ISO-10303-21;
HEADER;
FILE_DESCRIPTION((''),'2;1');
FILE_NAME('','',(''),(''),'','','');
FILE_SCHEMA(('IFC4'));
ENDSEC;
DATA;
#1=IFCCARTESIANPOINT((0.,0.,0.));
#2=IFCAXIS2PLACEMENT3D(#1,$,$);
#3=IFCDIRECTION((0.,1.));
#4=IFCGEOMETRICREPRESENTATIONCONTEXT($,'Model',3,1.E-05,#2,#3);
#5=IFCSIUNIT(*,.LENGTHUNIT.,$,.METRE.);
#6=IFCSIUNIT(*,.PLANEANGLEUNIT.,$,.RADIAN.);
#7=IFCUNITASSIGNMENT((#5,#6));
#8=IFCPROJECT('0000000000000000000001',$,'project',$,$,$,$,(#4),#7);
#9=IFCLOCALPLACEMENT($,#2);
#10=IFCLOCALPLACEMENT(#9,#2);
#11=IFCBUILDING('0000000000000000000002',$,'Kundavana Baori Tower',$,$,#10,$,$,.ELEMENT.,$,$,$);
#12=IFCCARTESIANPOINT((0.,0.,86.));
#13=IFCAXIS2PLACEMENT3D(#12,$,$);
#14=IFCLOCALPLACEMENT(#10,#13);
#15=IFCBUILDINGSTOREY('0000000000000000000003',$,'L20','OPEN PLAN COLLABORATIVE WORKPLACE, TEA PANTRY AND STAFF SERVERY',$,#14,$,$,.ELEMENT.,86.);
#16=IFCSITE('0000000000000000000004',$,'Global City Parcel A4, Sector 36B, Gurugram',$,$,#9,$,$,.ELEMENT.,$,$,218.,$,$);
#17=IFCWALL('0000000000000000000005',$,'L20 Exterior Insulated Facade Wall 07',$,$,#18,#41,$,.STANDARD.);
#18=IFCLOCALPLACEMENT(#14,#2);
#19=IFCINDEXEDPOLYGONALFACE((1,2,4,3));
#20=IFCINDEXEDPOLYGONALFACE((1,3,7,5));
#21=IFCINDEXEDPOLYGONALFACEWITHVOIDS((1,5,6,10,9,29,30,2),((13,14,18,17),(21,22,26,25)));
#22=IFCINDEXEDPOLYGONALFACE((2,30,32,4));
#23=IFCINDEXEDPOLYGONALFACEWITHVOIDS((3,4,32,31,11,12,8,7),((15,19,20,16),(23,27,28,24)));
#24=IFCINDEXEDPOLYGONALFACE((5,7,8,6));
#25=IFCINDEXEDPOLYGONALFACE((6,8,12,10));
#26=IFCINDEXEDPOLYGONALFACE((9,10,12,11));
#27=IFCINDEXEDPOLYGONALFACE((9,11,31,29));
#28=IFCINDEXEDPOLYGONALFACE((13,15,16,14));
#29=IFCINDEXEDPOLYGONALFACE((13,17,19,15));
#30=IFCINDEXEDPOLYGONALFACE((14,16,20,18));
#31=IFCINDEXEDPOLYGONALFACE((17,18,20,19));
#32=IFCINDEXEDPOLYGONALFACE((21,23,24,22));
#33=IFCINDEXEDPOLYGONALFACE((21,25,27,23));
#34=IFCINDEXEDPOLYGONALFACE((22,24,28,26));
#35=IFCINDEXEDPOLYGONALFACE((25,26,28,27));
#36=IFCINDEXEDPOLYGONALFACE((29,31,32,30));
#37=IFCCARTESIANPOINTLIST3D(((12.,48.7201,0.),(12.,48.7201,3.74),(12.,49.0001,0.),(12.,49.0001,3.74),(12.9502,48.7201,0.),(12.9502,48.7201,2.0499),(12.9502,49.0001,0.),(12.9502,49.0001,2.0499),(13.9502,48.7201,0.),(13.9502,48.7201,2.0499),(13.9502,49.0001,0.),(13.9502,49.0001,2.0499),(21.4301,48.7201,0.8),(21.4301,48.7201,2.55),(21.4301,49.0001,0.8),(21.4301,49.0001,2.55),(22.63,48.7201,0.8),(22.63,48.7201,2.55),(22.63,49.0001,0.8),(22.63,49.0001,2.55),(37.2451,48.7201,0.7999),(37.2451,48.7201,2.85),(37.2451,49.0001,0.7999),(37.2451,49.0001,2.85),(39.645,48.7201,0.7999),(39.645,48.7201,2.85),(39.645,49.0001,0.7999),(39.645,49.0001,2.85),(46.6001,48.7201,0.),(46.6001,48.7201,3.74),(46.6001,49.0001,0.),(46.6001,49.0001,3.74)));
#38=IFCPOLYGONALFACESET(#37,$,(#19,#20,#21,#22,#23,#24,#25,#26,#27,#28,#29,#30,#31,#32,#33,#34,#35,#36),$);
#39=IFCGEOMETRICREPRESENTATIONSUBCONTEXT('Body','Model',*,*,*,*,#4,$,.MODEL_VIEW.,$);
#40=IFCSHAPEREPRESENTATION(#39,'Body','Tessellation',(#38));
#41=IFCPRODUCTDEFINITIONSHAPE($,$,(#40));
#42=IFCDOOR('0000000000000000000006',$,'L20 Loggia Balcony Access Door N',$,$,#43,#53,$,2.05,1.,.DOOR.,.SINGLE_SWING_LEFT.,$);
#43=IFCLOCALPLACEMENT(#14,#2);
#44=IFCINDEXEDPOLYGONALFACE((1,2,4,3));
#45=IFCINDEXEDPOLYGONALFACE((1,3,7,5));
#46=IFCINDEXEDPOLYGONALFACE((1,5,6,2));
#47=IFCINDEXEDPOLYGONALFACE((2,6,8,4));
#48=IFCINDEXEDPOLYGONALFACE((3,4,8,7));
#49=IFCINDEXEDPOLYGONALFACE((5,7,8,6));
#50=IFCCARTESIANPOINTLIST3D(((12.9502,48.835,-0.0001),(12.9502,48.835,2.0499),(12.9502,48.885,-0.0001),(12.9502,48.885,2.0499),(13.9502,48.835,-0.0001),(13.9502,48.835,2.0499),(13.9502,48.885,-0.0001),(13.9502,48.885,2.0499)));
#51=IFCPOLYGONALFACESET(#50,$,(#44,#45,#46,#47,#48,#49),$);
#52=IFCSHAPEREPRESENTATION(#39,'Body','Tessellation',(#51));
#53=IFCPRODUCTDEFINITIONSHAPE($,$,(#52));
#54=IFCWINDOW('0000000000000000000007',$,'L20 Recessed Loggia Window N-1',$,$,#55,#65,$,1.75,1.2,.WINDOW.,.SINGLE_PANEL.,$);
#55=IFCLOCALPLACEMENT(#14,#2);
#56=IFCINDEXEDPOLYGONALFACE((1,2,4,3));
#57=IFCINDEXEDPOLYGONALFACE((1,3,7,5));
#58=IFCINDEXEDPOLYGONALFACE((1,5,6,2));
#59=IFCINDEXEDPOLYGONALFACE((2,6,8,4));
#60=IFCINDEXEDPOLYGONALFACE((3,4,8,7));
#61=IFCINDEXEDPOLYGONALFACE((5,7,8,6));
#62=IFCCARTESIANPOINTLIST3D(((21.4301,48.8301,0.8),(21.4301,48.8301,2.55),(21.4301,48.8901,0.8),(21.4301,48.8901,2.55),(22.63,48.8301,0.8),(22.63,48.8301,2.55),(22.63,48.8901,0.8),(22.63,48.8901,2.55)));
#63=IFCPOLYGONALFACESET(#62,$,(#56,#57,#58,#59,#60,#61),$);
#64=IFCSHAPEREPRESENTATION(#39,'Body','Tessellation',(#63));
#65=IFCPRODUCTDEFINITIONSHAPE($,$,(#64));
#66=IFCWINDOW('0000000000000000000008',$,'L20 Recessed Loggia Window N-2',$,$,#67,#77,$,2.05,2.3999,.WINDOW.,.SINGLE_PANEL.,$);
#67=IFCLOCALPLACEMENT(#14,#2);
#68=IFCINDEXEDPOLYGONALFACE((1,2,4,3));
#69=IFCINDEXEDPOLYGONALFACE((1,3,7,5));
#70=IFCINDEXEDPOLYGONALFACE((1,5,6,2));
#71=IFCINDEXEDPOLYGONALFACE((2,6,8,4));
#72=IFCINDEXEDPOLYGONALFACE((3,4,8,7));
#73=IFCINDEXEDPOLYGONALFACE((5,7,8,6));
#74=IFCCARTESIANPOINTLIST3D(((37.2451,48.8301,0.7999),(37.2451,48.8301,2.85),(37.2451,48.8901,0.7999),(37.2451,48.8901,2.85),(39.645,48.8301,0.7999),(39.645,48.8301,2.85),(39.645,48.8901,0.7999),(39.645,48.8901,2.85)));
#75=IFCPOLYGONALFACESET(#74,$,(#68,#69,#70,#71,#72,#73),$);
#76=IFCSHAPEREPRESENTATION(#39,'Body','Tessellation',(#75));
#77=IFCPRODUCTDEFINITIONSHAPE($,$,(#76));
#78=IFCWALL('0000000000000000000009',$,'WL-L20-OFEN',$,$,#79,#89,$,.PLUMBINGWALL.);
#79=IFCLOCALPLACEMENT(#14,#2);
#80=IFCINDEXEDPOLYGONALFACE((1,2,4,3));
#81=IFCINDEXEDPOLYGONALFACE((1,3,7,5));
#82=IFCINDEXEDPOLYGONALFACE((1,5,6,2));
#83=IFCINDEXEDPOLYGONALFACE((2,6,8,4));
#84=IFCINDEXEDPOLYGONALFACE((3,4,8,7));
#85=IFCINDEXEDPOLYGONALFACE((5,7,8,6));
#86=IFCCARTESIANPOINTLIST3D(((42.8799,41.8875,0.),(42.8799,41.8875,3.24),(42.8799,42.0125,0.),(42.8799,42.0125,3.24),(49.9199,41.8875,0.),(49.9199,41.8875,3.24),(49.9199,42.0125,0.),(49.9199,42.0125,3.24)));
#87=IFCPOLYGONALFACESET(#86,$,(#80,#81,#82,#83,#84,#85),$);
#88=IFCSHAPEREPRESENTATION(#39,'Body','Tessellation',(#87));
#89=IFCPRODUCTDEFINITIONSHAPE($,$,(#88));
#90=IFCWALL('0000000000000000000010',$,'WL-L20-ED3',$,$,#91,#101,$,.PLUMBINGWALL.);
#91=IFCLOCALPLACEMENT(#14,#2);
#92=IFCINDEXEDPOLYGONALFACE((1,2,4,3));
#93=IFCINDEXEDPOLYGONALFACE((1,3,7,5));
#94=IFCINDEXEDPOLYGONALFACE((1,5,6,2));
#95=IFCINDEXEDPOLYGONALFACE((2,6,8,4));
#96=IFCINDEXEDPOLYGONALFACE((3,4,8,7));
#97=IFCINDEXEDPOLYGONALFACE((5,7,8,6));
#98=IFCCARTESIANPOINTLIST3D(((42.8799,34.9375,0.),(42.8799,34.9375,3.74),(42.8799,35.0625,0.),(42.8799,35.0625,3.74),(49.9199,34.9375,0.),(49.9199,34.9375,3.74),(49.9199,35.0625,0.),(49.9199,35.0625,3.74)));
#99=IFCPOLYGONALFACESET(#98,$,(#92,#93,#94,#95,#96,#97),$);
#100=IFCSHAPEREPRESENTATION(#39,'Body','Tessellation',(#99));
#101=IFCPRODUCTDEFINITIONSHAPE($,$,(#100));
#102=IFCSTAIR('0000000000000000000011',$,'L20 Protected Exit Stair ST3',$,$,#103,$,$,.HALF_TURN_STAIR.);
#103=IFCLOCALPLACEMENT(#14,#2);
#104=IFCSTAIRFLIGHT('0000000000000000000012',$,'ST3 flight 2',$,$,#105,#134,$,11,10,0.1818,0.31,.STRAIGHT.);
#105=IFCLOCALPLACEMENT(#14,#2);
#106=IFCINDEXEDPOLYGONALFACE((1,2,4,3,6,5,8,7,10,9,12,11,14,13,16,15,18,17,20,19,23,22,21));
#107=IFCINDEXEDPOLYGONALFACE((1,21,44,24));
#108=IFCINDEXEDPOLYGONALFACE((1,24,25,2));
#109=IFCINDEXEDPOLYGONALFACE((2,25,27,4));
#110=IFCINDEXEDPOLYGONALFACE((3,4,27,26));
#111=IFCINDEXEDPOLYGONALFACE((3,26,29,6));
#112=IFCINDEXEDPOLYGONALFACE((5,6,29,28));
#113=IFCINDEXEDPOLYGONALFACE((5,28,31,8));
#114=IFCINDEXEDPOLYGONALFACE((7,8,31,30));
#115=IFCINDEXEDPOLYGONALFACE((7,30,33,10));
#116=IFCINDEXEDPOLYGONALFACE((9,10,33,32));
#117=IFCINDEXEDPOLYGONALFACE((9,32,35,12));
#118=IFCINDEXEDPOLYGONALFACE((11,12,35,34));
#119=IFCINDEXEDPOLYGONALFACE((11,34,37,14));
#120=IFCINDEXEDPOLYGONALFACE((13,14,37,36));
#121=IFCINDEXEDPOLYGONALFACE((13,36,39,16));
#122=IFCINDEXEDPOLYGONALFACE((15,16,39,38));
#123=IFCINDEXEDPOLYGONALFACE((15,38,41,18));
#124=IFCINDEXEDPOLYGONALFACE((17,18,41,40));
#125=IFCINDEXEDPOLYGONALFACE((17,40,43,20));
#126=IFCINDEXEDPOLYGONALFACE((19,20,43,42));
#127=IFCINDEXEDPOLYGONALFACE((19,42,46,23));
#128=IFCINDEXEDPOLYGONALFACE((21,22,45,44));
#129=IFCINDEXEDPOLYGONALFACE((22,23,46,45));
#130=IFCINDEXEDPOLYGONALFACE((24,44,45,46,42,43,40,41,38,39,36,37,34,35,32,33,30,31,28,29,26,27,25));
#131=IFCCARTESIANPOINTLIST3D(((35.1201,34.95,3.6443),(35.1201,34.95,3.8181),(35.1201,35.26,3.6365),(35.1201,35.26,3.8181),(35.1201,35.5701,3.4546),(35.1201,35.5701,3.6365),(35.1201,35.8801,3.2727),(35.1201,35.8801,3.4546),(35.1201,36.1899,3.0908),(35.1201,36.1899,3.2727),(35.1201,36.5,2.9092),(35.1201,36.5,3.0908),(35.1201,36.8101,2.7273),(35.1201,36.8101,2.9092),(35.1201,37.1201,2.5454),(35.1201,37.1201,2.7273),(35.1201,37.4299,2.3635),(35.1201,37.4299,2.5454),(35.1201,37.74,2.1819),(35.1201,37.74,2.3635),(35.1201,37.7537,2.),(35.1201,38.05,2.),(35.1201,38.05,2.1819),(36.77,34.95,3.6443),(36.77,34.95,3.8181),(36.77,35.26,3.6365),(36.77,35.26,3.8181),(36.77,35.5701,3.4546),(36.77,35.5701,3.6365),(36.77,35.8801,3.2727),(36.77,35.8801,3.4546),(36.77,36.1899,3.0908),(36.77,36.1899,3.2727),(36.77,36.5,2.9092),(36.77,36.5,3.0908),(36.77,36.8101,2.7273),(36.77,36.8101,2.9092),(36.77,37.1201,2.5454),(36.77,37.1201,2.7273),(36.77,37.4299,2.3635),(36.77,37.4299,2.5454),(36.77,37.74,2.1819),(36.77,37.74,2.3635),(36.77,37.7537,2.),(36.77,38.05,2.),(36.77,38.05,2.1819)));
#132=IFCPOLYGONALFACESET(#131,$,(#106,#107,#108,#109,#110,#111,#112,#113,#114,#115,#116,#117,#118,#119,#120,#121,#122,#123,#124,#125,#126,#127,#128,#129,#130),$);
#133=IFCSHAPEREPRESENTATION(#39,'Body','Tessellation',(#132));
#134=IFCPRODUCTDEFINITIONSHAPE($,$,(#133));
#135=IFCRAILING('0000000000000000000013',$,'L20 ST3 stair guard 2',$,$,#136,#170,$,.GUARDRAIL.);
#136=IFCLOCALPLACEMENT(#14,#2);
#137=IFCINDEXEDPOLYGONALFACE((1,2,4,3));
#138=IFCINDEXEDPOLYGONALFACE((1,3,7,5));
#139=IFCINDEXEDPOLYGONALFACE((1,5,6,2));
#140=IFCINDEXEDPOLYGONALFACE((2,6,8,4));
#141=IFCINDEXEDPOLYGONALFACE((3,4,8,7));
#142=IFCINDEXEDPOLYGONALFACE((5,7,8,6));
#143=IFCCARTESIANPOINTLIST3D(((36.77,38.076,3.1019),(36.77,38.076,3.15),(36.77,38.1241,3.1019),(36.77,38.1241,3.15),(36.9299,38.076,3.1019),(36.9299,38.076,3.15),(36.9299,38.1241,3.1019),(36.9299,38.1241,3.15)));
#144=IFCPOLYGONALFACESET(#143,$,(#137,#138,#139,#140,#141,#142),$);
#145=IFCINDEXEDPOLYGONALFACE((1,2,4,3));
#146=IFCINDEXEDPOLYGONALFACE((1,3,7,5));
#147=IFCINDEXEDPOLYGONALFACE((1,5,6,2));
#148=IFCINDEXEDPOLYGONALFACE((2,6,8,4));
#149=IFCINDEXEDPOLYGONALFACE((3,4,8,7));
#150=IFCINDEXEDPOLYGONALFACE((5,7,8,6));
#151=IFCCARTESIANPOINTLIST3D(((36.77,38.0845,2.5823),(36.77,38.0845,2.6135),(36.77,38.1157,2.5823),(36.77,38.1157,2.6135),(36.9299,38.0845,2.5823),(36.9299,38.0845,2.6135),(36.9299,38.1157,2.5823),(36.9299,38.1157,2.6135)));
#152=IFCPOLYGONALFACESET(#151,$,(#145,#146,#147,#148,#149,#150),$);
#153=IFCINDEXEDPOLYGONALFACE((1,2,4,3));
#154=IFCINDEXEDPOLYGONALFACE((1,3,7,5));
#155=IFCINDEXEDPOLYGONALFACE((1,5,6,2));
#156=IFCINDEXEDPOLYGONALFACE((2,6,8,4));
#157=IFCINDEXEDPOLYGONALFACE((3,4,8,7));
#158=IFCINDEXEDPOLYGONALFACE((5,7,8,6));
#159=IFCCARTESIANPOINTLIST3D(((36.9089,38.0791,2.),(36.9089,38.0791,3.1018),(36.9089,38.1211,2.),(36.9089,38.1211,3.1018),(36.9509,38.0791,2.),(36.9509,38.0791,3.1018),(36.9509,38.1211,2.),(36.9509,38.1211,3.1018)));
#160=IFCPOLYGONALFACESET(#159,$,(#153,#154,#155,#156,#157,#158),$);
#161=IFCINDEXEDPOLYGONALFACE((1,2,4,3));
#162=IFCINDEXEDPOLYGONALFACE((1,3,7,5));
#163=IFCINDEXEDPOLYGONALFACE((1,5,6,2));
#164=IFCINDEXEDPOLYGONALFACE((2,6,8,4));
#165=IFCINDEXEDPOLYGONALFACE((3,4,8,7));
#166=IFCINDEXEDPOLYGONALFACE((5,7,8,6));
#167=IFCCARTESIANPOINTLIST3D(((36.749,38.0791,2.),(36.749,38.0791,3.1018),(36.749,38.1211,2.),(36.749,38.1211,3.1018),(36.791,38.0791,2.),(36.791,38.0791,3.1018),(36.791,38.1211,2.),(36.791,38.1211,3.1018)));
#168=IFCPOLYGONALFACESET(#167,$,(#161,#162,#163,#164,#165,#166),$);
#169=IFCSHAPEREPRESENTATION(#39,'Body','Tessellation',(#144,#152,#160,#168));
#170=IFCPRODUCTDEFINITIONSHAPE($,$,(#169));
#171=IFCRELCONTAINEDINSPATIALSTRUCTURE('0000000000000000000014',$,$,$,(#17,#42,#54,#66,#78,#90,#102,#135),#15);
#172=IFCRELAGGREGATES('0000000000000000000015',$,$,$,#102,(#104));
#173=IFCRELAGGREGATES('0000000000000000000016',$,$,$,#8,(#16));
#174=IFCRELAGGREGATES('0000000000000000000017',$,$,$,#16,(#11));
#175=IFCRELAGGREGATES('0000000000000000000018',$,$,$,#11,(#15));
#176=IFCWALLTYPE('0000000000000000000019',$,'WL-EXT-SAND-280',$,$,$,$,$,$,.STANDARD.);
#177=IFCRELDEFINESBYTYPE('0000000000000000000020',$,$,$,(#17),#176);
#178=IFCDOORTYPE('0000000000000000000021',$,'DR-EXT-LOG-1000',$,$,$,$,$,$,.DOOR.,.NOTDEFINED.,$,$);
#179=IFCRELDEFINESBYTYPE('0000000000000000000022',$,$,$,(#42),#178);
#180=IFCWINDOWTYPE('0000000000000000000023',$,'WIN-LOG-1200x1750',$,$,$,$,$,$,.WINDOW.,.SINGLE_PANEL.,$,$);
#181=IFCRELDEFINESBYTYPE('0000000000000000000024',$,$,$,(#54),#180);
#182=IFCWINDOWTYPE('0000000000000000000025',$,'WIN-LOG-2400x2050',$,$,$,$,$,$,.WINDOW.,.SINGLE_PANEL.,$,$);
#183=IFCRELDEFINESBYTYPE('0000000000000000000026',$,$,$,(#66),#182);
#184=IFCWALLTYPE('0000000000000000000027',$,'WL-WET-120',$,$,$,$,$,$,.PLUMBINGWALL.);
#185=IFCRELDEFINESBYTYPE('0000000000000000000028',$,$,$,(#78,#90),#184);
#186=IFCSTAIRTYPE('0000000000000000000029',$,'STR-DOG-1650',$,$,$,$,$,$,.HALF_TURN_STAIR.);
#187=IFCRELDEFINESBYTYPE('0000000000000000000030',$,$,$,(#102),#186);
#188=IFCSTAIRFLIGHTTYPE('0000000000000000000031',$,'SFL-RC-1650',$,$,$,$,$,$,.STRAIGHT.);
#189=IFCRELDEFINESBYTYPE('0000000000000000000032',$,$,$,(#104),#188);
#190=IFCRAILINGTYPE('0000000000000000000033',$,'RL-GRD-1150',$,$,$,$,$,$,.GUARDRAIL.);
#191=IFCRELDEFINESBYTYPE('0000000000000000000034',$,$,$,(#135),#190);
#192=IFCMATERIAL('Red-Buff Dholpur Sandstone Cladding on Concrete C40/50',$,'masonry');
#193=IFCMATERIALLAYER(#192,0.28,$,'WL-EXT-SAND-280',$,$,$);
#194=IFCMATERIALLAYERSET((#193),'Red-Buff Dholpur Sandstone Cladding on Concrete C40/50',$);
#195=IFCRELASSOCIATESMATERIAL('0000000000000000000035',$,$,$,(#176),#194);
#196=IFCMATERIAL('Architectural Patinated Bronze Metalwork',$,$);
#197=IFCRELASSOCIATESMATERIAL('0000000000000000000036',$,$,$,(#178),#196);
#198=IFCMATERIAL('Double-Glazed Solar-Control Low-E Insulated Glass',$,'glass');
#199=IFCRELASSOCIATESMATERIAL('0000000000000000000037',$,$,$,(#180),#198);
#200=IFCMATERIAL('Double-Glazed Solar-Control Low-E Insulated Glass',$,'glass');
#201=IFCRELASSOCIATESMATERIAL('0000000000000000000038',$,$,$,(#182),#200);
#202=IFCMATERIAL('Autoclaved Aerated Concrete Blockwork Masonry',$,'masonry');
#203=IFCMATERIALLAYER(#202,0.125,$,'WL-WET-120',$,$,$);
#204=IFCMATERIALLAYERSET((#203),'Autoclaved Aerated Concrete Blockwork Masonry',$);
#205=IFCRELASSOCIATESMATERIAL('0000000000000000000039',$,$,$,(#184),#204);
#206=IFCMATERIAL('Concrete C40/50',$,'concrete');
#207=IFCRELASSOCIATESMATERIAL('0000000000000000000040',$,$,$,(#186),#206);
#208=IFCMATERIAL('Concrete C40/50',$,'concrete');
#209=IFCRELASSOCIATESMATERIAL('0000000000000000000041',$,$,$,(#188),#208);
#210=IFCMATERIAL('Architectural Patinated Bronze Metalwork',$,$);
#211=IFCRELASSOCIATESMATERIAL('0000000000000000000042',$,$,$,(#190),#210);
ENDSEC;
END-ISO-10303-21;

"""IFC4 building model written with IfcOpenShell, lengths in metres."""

from ifc_helpers import new_model, si_unit, direction, frame, frame_2d, origin, origin_2d, place, context, subcontext, project, spatial, polyline, rectangle, outline, extrude, material, layer, layer_set, type_object, element, fill, aggregate, save


model = new_model("IFC4")

# Units and contexts
model_context = context("Model", 3, precision=1e-05, world=origin(), true_north=direction((0.0, 1.0)))
body_context = subcontext(model_context, "Body", "Model", "MODEL_VIEW")
ifc_project = project(units=[si_unit("LENGTHUNIT", "METRE"), si_unit("PLANEANGLEUNIT", "RADIAN")], contexts=[model_context])

# Site, building, storey
site_placement = place(None, origin())
site = spatial("IfcSite", under=ifc_project, at=site_placement, Name="Global City Parcel A4, Sector 36B, Gurugram", CompositionType="ELEMENT", RefElevation=218.0)
building_placement = place(site_placement, origin())
building = spatial("IfcBuilding", under=site, at=building_placement, Name="Kundavana Baori Tower", CompositionType="ELEMENT")
storey_placement = place(building_placement, frame((0.0, 0.0, 86.0)))
storey = spatial("IfcBuildingStorey", under=building, at=storey_placement, Name="L20", Description="OPEN PLAN COLLABORATIVE WORKPLACE, TEA PANTRY AND STAFF SERVERY", CompositionType="ELEMENT", Elevation=86.0)

# Shared definitions
ifc_material_1 = material(Name="Red-Buff Dholpur Sandstone Cladding on Concrete C40/50", Category="masonry")
ifc_layer_1 = layer(ifc_material_1, 0.28, Name="WL-EXT-SAND-280")
ifc_layer_set_1 = layer_set([ifc_layer_1], Name="Red-Buff Dholpur Sandstone Cladding on Concrete C40/50")
wall_type_1 = type_object("IfcWallType", Name="WL-EXT-SAND-280", PredefinedType="STANDARD", material=ifc_layer_set_1)

# Wall, openings, door, windows
wall_1_placement = place(storey_placement, frame((46.6001, 48.8601, 0.0), z_axis=(0.0, 0.0, 1.0), x_axis=(-1.0, 0.0, 0.0)))
wall_1 = element("IfcWall", 1, at=wall_1_placement, inside=storey, type_object=wall_type_1, Name="L20 Exterior Insulated Facade Wall 07", PredefinedType="STANDARD", context=body_context, shape_type="SweptSolid", body=[
    extrude(rectangle(XDim=34.6001, YDim=0.28, at=frame_2d((17.3, 0.0))), origin(), (0.0, 0.0, 1.0), 3.74),
])
opening_1_placement = place(wall_1_placement, frame((32.6499, 0.0, 0.0)))
opening_1 = element("IfcOpeningElement", 2, at=opening_1_placement, cuts=wall_1, PredefinedType="OPENING", context=body_context, shape_type="SweptSolid", body=[
    extrude(rectangle(XDim=1.0, YDim=2.05, at=frame_2d((0.5, 1.0249))), frame((0.0, 0.1499, 0.0), z_axis=(0.0, -1.0, 0.0), x_axis=(1.0, 0.0, 0.0)), (0.0, 0.0, 1.0), 0.3),
])
opening_2_placement = place(wall_1_placement, frame((23.97, 0.0, 0.8)))
opening_2 = element("IfcOpeningElement", 3, at=opening_2_placement, cuts=wall_1, PredefinedType="OPENING", context=body_context, shape_type="SweptSolid", body=[
    extrude(rectangle(XDim=1.2, YDim=1.75, at=frame_2d((0.6001, 0.875))), frame((0.0, 0.1499, 0.0), z_axis=(0.0, -1.0, 0.0), x_axis=(1.0, 0.0, 0.0)), (0.0, 0.0, 1.0), 0.3),
])
opening_3_placement = place(wall_1_placement, frame((6.9551, 0.0, 0.8)))
opening_3 = element("IfcOpeningElement", 4, at=opening_3_placement, cuts=wall_1, PredefinedType="OPENING", context=body_context, shape_type="SweptSolid", body=[
    extrude(rectangle(XDim=2.3999, YDim=2.05, at=frame_2d((1.2, 1.0249))), frame((0.0, 0.1499, 0.0), z_axis=(0.0, -1.0, 0.0), x_axis=(1.0, 0.0, 0.0)), (0.0, 0.0, 1.0), 0.3),
])
ifc_material_2 = material(Name="Architectural Patinated Bronze Metalwork")
door_type = type_object("IfcDoorType", Name="DR-EXT-LOG-1000", OperationType="NOTDEFINED", PredefinedType="DOOR", material=ifc_material_2)
door_placement = place(opening_1_placement, frame((1.0, 0.0, 0.0), z_axis=(0.0, 0.0, 1.0), x_axis=(-1.0, 0.0, 0.0)))
door = element("IfcDoor", 5, at=door_placement, inside=storey, type_object=door_type, Name="L20 Loggia Balcony Access Door N", OperationType="SINGLE_SWING_LEFT", OverallHeight=2.05, OverallWidth=1.0, PredefinedType="DOOR", context=body_context, shape_type="SweptSolid", body=[
    extrude(rectangle(XDim=1.0, YDim=2.05, at=frame_2d((0.5, 1.0249))), frame((0.0, 0.0249, 0.0), z_axis=(0.0, -1.0, 0.0), x_axis=(1.0, 0.0, 0.0)), (0.0, 0.0, 1.0), 0.05),
])
fill(opening_1, door)
ifc_material_3 = material(Name="Double-Glazed Solar-Control Low-E Insulated Glass", Category="glass")
window_type_1 = type_object("IfcWindowType", Name="WIN-LOG-1200x1750", PartitioningType="SINGLE_PANEL", PredefinedType="WINDOW", material=ifc_material_3)
window_1_placement = place(opening_2_placement, origin())
window_1 = element("IfcWindow", 6, at=window_1_placement, inside=storey, type_object=window_type_1, Name="L20 Recessed Loggia Window N-1", OverallHeight=1.75, OverallWidth=1.2, PartitioningType="SINGLE_PANEL", PredefinedType="WINDOW", context=body_context, shape_type="SweptSolid", body=[
    extrude(rectangle(XDim=1.2, YDim=1.75, at=frame_2d((0.6001, 0.875))), frame((0.0, 0.03, 0.0), z_axis=(0.0, -1.0, 0.0), x_axis=(1.0, 0.0, 0.0)), (0.0, 0.0, 1.0), 0.0601),
])
fill(opening_2, window_1)
ifc_material_4 = material(Name="Double-Glazed Solar-Control Low-E Insulated Glass", Category="glass")
window_type_2 = type_object("IfcWindowType", Name="WIN-LOG-2400x2050", PartitioningType="SINGLE_PANEL", PredefinedType="WINDOW", material=ifc_material_4)
window_2_placement = place(opening_3_placement, origin())
window_2 = element("IfcWindow", 7, at=window_2_placement, inside=storey, type_object=window_type_2, Name="L20 Recessed Loggia Window N-2", OverallHeight=2.05, OverallWidth=2.3999, PartitioningType="SINGLE_PANEL", PredefinedType="WINDOW", context=body_context, shape_type="SweptSolid", body=[
    extrude(rectangle(XDim=2.3999, YDim=2.05, at=frame_2d((1.2, 1.0249))), frame((0.0, 0.03, 0.0), z_axis=(0.0, -1.0, 0.0), x_axis=(1.0, 0.0, 0.0)), (0.0, 0.0, 1.0), 0.0601),
])
fill(opening_3, window_2)

# Walls
ifc_material_5 = material(Name="Autoclaved Aerated Concrete Blockwork Masonry", Category="masonry")
ifc_layer_2 = layer(ifc_material_5, 0.125, Name="WL-WET-120")
ifc_layer_set_2 = layer_set([ifc_layer_2], Name="Autoclaved Aerated Concrete Blockwork Masonry")
wall_type_2 = type_object("IfcWallType", Name="WL-WET-120", PredefinedType="PLUMBINGWALL", material=ifc_layer_set_2)
wall_2_placement = place(storey_placement, frame((42.8799, 41.95, 0.0), z_axis=(0.0, 0.0, 1.0), x_axis=(1.0, 0.0, 0.0)))
element("IfcWall", 8, at=wall_2_placement, inside=storey, type_object=wall_type_2, Name="WL-L20-OFEN", PredefinedType="PLUMBINGWALL", context=body_context, shape_type="SweptSolid", body=[
    extrude(rectangle(XDim=7.04, YDim=0.125, at=frame_2d((3.52, 0.0))), origin(), (0.0, 0.0, 1.0), 3.24),
])
wall_3_placement = place(storey_placement, frame((42.8799, 35.0, 0.0), z_axis=(0.0, 0.0, 1.0), x_axis=(1.0, 0.0, 0.0)))
element("IfcWall", 9, at=wall_3_placement, inside=storey, type_object=wall_type_2, Name="WL-L20-ED3", PredefinedType="PLUMBINGWALL", context=body_context, shape_type="SweptSolid", body=[
    extrude(rectangle(XDim=7.04, YDim=0.125, at=frame_2d((3.52, 0.0))), origin(), (0.0, 0.0, 1.0), 3.74),
])

# Stair, stair flight
ifc_material_6 = material(Name="Concrete C40/50", Category="concrete")
stair_type = type_object("IfcStairType", Name="STR-DOG-1650", PredefinedType="HALF_TURN_STAIR", material=ifc_material_6)
stair_placement = place(storey_placement, origin())
stair = element("IfcStair", 10, at=stair_placement, inside=storey, type_object=stair_type, Name="L20 Protected Exit Stair ST3", PredefinedType="HALF_TURN_STAIR")
ifc_material_7 = material(Name="Concrete C40/50", Category="concrete")
stair_flight_type = type_object("IfcStairFlightType", Name="SFL-RC-1650", PredefinedType="STRAIGHT", material=ifc_material_7)
stair_flight_placement = place(storey_placement, frame((35.9451, 38.05, 2.0), z_axis=(0.0, 0.0, 1.0), x_axis=(0.0, -1.0, 0.0)))
stair_flight = element("IfcStairFlight", 11, at=stair_flight_placement, type_object=stair_flight_type, Name="ST3 flight 2", NumberOfRisers=11, NumberOfTreads=10, PredefinedType="STRAIGHT", RiserHeight=0.1818, TreadLength=0.31, context=body_context, shape_type="SweptSolid", body=[
    extrude(outline(polyline([(0.0, 0.0), (0.0, 0.1819), (0.3101, 0.1819), (0.3101, 0.3635), (0.6201, 0.3635), (0.6201, 0.5454), (0.9299, 0.5454), (0.9299, 0.7273), (1.24, 0.7273), (1.24, 0.9092), (1.55, 0.9092), (1.55, 1.0908), (1.8601, 1.0908), (1.8601, 1.2727), (2.1699, 1.2727), (2.1699, 1.4546), (2.48, 1.4546), (2.48, 1.6365), (2.79, 1.6365), (2.79, 1.8181), (3.1001, 1.8181), (3.1001, 2.0), (3.1001, 1.6443), (0.2964, 0.0), (0.0, 0.0)])), frame((0.0, 0.825, 0.0), z_axis=(0.0, -1.0, 0.0), x_axis=(1.0, 0.0, 0.0)), (0.0, 0.0, 1.0), 1.6499),
])
aggregate(stair, [stair_flight])

# Railing
ifc_material_8 = material(Name="Architectural Patinated Bronze Metalwork")
railing_type_1 = type_object("IfcRailingType", Name="RL-GRD-1150", PredefinedType="GUARDRAIL", material=ifc_material_8)
railing_1_placement = place(storey_placement, frame((36.9299, 38.1001, 2.0)))
element("IfcRailing", 12, at=railing_1_placement, inside=storey, type_object=railing_type_1, Name="L20 ST3 stair guard 2", PredefinedType="GUARDRAIL", context=body_context, shape_type="SweptSolid", body=[
    extrude(rectangle(XDim=0.0481, YDim=0.0481, at=origin_2d()), frame((0.0, 0.0, 1.126), z_axis=(-1.0, 0.0, 0.0), x_axis=(0.0, -1.0, 0.0)), (0.0, 0.0, 1.0), 0.1599),
    extrude(rectangle(XDim=0.0312, YDim=0.0312, at=origin_2d()), frame((0.0, 0.0, 0.5979), z_axis=(-1.0, 0.0, 0.0), x_axis=(0.0, -1.0, 0.0)), (0.0, 0.0, 1.0), 0.1599),
    extrude(rectangle(XDim=0.042, YDim=0.042, at=origin_2d()), origin(), (0.0, 0.0, 1.0), 1.1018),
    extrude(rectangle(XDim=0.042, YDim=0.042, at=origin_2d()), frame((-0.1599, 0.0, 0.0)), (0.0, 0.0, 1.0), 1.1018),
])

save(model, "model.ifc")
